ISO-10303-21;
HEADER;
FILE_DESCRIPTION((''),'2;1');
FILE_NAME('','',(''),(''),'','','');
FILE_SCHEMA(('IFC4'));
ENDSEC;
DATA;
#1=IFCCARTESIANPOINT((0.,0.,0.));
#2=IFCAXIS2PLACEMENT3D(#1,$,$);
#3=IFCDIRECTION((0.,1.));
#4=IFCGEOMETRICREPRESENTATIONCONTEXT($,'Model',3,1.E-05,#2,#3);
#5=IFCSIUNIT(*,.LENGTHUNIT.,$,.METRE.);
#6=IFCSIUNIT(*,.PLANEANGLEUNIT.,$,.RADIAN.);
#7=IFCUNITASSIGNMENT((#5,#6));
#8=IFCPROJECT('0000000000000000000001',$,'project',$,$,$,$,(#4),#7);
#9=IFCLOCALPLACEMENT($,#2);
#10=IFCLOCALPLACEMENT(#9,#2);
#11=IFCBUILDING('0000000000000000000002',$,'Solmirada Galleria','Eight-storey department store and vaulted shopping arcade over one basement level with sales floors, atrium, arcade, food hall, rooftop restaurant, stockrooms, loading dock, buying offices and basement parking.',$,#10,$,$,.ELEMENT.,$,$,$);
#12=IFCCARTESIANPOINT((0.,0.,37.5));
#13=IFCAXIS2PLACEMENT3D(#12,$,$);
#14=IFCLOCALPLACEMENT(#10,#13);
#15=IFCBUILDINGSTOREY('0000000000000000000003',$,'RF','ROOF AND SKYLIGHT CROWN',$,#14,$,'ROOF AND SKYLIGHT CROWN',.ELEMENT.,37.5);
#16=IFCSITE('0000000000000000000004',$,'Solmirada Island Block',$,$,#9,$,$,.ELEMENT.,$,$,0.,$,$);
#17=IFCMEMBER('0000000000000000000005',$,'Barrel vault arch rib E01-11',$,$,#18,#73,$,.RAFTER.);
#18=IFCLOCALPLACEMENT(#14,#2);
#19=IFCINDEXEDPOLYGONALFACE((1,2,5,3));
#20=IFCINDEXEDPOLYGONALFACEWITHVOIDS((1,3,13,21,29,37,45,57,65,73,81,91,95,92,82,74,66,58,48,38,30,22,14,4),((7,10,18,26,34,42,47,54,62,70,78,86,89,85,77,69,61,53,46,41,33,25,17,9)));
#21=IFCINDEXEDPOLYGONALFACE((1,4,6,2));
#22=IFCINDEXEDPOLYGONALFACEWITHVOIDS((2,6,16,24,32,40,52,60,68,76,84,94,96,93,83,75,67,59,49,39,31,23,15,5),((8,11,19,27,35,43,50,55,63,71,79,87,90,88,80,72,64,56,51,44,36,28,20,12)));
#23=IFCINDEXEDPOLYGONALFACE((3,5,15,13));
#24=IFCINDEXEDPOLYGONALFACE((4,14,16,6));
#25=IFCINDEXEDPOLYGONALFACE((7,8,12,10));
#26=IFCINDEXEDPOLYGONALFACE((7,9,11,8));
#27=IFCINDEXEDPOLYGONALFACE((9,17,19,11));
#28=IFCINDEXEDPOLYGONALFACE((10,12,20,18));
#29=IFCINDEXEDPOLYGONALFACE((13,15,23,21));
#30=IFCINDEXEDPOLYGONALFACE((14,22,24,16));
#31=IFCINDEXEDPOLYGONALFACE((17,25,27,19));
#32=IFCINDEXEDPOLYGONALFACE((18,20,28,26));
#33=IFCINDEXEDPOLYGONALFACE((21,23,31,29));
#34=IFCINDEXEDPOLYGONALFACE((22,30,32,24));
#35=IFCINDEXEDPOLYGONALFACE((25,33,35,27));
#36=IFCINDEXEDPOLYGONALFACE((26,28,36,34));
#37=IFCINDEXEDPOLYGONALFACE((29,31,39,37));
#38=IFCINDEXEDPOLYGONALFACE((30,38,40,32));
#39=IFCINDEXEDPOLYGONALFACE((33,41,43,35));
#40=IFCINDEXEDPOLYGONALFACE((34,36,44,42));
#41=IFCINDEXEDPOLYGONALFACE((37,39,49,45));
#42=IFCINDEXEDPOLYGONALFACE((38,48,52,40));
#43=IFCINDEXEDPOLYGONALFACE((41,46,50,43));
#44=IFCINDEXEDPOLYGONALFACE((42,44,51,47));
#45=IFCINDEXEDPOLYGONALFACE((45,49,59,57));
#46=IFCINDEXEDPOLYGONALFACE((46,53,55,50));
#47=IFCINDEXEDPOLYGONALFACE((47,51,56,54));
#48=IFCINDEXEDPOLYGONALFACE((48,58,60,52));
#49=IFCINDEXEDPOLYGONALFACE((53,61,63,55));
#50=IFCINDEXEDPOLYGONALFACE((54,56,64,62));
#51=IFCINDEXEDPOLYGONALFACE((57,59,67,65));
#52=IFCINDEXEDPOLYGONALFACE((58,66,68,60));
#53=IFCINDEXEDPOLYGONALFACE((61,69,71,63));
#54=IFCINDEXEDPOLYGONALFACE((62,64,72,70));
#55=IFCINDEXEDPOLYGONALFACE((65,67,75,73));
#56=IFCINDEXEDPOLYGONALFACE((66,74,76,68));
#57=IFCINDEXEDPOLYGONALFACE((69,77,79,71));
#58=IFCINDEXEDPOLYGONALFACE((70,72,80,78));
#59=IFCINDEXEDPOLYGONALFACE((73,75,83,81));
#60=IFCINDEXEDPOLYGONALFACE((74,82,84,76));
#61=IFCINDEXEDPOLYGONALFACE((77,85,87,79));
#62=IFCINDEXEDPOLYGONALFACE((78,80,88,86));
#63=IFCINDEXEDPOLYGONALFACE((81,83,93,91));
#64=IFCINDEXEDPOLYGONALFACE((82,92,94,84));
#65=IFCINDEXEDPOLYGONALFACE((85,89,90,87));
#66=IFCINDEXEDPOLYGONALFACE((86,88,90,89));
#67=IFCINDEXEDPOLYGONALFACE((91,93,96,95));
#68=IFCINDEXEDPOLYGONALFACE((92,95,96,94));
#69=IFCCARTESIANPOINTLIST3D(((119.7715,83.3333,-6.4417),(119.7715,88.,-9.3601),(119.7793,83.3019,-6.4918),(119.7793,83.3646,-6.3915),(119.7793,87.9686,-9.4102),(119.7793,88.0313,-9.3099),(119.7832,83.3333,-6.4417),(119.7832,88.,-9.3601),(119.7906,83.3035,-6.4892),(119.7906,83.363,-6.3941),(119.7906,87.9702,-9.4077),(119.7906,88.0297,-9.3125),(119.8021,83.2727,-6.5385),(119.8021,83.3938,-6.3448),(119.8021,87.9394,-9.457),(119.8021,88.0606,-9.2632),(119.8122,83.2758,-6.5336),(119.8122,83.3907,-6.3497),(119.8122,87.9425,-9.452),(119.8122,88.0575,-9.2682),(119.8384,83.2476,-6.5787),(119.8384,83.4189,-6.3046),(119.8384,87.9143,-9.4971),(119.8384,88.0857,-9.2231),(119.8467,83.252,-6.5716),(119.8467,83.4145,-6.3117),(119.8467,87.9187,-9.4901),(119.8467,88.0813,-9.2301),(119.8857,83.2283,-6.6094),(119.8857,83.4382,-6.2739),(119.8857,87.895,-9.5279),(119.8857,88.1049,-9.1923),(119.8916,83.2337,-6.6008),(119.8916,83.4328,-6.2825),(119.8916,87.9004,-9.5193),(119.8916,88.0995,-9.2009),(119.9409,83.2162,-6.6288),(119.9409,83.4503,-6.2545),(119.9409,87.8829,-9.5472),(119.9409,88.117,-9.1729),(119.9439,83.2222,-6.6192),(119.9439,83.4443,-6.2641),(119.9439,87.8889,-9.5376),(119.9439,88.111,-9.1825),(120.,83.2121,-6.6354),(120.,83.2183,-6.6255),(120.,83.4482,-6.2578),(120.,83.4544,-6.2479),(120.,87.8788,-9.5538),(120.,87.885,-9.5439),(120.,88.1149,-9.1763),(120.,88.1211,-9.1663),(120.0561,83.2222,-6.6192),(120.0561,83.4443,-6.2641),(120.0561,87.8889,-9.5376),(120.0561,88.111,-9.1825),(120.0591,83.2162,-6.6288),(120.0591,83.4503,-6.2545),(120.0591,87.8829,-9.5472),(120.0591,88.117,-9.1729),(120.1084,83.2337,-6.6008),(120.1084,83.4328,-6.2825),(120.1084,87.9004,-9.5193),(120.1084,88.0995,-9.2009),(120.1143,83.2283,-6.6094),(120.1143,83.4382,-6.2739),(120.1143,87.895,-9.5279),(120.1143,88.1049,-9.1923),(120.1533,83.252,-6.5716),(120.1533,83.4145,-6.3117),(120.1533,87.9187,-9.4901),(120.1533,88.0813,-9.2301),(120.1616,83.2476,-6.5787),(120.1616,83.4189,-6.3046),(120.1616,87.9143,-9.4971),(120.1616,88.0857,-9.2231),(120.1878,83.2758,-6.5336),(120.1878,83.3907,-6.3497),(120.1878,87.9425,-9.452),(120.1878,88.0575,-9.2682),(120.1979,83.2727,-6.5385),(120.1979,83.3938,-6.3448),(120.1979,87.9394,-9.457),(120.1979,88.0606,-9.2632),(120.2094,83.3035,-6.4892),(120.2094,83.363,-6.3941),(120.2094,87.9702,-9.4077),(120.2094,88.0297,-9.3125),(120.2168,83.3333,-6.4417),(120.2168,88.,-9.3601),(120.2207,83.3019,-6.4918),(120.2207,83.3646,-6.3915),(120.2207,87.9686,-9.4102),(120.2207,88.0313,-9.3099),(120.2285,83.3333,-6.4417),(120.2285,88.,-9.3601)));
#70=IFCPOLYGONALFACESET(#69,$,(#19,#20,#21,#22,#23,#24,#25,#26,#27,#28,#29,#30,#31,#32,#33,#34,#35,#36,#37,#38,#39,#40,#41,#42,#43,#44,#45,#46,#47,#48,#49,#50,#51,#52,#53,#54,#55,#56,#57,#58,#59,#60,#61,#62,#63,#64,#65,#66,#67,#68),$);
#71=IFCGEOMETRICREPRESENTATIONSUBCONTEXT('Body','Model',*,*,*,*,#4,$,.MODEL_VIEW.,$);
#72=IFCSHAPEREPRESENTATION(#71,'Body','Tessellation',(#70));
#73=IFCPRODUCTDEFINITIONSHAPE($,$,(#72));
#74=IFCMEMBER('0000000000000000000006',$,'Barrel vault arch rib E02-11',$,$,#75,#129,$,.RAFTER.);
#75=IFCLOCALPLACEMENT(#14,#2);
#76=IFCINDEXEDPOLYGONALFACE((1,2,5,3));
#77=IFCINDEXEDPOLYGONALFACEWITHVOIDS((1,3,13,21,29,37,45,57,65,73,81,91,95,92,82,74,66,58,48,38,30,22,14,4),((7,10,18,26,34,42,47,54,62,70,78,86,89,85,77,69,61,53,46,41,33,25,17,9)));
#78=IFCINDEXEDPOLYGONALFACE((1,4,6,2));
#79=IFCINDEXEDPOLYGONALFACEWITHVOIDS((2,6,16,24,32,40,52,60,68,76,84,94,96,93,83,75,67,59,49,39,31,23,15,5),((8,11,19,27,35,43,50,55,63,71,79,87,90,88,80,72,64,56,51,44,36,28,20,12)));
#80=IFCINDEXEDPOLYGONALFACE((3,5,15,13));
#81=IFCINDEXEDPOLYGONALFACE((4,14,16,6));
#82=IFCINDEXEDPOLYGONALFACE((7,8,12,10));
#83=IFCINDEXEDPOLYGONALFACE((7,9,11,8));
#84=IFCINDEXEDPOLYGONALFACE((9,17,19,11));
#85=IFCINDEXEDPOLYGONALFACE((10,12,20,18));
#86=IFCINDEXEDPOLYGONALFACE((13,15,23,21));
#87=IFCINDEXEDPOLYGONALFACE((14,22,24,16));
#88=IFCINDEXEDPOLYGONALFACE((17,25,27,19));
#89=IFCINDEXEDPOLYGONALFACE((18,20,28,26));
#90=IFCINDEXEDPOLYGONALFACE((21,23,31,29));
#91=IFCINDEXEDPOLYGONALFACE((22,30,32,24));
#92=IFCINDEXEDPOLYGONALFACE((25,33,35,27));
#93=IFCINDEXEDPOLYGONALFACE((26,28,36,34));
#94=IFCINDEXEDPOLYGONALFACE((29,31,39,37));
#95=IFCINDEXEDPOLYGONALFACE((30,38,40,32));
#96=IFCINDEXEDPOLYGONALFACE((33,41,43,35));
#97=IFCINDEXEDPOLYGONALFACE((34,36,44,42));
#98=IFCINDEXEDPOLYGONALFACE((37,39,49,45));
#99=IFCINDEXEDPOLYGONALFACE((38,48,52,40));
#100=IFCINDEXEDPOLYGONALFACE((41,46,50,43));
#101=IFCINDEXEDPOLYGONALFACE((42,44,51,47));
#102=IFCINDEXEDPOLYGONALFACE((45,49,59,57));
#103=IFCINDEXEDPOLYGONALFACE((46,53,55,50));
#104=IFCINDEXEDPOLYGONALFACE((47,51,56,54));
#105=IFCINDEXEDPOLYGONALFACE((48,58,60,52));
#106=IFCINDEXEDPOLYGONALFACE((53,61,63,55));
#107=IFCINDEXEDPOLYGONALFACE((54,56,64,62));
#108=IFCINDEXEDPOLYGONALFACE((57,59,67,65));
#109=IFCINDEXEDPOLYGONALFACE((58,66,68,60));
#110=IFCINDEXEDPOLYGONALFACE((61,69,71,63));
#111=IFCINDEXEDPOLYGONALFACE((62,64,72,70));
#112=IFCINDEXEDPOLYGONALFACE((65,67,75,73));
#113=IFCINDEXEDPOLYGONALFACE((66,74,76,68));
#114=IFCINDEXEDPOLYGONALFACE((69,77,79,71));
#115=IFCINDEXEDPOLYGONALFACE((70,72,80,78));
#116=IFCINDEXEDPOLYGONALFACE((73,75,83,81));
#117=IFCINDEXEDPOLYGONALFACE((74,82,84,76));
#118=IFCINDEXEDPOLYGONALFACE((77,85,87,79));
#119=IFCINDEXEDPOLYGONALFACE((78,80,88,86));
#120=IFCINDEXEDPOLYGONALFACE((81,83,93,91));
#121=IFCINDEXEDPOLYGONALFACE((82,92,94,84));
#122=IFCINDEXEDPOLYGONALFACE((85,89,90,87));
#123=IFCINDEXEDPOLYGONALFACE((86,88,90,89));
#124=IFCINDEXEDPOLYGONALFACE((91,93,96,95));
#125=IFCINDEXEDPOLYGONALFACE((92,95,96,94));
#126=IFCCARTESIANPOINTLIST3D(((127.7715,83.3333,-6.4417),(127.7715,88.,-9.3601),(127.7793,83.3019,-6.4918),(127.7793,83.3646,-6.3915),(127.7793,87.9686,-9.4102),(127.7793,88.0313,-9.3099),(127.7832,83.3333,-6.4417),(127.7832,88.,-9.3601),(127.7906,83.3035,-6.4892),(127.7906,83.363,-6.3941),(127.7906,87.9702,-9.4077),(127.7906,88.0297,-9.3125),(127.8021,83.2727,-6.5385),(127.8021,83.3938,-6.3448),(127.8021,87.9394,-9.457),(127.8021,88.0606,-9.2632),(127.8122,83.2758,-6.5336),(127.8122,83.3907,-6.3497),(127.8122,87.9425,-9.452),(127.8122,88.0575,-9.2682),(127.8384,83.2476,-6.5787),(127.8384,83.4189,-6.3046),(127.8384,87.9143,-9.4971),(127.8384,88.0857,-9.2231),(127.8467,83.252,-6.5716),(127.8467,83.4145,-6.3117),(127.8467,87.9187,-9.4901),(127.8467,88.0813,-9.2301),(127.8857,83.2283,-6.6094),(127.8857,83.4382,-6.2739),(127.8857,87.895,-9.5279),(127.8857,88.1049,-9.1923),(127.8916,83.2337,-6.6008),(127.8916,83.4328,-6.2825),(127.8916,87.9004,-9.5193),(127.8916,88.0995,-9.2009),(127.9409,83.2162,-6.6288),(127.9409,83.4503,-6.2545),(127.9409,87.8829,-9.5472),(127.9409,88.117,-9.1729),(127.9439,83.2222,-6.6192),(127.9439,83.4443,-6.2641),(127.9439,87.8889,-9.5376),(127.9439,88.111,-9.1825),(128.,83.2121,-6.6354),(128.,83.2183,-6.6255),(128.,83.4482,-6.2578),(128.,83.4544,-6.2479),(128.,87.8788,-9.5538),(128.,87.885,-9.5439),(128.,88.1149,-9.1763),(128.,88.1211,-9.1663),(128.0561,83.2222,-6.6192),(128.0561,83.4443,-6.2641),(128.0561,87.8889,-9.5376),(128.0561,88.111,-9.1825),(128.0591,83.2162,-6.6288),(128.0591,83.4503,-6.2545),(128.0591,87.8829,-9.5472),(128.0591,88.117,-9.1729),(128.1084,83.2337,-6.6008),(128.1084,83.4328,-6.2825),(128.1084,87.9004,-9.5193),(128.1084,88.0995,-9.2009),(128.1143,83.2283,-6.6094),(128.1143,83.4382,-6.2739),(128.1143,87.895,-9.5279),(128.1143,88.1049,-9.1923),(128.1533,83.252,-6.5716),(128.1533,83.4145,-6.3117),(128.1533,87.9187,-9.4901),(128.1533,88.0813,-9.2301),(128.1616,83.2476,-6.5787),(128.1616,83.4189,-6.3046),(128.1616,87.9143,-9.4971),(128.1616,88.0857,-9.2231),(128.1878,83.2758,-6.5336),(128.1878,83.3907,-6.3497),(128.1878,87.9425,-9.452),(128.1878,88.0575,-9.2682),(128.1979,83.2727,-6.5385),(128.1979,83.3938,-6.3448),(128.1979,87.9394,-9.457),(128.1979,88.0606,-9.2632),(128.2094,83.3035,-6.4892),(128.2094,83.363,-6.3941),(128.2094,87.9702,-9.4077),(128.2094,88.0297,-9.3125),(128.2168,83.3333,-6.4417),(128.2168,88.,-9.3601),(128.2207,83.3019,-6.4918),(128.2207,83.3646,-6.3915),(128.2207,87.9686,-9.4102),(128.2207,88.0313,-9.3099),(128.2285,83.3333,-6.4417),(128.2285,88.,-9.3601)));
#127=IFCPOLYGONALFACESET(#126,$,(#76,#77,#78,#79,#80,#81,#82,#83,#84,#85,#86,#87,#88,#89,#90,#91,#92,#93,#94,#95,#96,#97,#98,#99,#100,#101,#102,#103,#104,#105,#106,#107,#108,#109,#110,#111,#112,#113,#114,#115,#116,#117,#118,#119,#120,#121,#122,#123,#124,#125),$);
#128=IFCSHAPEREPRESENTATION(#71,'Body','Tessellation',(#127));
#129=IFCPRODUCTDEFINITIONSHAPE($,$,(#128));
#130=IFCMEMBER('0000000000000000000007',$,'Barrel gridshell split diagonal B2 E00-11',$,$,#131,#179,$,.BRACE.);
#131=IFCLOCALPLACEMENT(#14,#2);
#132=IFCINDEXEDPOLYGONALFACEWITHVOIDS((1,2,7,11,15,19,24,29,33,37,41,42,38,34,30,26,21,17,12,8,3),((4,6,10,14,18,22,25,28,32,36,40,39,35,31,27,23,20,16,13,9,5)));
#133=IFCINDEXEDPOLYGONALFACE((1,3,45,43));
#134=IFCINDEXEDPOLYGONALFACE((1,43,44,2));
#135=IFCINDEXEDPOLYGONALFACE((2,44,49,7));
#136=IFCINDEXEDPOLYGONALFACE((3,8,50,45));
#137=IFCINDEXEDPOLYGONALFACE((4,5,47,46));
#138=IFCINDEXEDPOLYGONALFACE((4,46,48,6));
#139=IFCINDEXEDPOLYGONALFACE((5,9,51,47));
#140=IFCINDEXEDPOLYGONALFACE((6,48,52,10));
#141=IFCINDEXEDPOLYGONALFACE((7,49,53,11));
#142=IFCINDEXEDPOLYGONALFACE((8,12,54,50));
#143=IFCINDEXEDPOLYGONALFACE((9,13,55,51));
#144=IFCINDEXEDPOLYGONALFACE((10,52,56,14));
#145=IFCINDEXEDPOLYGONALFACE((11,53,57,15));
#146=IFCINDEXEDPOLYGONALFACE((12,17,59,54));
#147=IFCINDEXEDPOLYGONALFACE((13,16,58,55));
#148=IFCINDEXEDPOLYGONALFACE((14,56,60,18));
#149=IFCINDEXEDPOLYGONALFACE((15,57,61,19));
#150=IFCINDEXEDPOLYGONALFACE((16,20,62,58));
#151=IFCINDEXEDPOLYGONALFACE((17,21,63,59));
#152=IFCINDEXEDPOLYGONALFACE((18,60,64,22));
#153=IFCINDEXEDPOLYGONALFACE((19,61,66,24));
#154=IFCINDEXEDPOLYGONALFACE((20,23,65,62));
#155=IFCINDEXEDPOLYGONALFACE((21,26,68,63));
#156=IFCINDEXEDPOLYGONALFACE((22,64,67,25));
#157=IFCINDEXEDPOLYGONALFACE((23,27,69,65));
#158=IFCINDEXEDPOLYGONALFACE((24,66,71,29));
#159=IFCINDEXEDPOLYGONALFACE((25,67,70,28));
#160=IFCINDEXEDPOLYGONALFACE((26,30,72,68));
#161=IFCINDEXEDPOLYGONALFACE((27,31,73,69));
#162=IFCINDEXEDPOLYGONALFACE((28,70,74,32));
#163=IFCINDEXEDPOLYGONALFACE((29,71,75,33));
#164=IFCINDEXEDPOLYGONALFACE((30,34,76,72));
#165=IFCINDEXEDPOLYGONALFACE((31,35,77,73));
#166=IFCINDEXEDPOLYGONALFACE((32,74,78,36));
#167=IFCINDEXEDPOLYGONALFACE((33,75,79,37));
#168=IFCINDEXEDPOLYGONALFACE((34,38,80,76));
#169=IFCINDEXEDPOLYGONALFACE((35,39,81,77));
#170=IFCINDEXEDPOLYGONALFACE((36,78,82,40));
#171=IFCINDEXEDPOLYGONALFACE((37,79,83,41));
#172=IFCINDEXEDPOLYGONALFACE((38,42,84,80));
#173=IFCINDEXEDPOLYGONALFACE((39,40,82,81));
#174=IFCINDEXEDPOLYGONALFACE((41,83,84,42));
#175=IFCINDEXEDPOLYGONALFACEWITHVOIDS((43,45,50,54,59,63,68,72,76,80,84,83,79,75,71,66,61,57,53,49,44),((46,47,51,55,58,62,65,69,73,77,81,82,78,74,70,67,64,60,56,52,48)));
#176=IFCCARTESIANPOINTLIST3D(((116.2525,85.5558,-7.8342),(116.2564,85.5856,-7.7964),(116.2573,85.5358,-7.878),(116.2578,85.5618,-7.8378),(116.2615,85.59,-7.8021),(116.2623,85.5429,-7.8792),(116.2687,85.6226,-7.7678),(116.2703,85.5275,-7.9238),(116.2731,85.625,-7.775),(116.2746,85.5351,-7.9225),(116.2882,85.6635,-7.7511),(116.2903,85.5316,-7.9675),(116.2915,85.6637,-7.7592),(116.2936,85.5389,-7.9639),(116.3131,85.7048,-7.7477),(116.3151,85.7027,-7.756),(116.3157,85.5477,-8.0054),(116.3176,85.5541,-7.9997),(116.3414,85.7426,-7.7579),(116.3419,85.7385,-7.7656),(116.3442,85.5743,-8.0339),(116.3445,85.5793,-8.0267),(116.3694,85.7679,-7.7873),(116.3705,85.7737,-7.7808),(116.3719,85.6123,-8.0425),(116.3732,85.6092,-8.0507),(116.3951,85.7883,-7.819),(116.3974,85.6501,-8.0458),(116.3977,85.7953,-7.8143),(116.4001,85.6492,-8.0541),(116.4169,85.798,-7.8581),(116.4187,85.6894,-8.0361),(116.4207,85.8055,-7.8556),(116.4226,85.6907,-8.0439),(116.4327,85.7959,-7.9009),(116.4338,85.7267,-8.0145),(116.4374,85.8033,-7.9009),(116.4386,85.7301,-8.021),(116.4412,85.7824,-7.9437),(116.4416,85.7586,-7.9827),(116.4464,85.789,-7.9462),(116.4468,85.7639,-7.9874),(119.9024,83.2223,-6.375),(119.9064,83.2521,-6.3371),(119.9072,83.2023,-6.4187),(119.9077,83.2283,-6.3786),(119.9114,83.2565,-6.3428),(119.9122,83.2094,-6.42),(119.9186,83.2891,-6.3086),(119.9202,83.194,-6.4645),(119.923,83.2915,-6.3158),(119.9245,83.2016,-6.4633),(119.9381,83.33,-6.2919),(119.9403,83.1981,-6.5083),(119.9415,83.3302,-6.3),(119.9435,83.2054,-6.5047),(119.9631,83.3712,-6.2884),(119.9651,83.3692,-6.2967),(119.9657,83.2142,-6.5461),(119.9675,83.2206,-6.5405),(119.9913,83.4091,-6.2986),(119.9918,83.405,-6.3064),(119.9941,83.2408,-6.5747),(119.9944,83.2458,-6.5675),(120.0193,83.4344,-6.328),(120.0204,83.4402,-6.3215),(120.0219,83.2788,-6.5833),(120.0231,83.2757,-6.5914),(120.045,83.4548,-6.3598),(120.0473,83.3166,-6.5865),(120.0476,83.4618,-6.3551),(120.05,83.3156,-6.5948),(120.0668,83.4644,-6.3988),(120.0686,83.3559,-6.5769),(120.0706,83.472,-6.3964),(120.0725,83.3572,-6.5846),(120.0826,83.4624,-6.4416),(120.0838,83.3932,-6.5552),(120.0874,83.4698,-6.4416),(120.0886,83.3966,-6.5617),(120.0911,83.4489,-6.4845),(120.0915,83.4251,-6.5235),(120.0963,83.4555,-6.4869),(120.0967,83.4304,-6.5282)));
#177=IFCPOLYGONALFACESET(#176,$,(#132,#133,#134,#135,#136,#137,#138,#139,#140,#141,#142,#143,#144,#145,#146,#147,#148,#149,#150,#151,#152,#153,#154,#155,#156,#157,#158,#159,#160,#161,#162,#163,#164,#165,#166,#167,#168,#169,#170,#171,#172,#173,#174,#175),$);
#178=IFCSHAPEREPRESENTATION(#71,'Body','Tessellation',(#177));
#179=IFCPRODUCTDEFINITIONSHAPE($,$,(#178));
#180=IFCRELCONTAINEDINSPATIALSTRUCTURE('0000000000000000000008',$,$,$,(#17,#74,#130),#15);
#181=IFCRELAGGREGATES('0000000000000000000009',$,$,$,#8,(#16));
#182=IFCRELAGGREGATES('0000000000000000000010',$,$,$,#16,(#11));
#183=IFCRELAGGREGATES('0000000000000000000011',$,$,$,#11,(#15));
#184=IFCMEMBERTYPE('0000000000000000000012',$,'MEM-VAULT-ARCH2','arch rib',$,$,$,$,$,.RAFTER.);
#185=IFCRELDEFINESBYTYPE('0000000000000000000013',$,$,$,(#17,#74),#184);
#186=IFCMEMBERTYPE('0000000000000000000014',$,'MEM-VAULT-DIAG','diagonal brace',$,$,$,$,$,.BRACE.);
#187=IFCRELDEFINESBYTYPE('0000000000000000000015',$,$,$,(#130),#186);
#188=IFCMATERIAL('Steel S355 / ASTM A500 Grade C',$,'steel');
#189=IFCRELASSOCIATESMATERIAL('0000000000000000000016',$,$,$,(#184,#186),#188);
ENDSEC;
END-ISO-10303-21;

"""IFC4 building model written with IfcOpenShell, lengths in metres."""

from ifc_helpers import new_model, si_unit, direction, frame, origin, origin_2d, place, context, subcontext, project, spatial, hollow_circle, extrude, material, material_profile, profile_set, type_object, element, save


model = new_model("IFC4")

# Units and contexts
model_context = context("Model", 3, precision=1e-05, world=origin(), true_north=direction((0.0, 1.0)))
body_context = subcontext(model_context, "Body", "Model", "MODEL_VIEW")
ifc_project = project(units=[si_unit("LENGTHUNIT", "METRE"), si_unit("PLANEANGLEUNIT", "RADIAN")], contexts=[model_context])

# Site, building, storey
site_placement = place(None, origin())
site = spatial("IfcSite", under=ifc_project, at=site_placement, Name="Solmirada Island Block", CompositionType="ELEMENT", RefElevation=0.0)
building_placement = place(site_placement, origin())
building = spatial("IfcBuilding", under=site, at=building_placement, Name="Solmirada Galleria", Description="Eight-storey department store and vaulted shopping arcade over one basement level with sales floors, atrium, arcade, food hall, rooftop restaurant, stockrooms, loading dock, buying offices and basement parking.", CompositionType="ELEMENT")
storey_placement = place(building_placement, frame((0.0, 0.0, 37.5)))
storey = spatial("IfcBuildingStorey", under=building, at=storey_placement, Name="RF", Description="ROOF AND SKYLIGHT CROWN", LongName="ROOF AND SKYLIGHT CROWN", CompositionType="ELEMENT", Elevation=37.5)

# Members
ifc_material_1 = material(Name="Steel S355 / ASTM A500 Grade C", Category="steel")
ifc_material_profile_1 = material_profile(ifc_material_1, hollow_circle(Radius=0.2285, WallThickness=0.0117, at=origin_2d()), Name="HSS18.000X0.500")
ifc_profile_set_1 = profile_set([ifc_material_profile_1], Name="Steel S355 / ASTM A500 Grade C")
member_type_1 = type_object("IfcMemberType", Name="MEM-VAULT-ARCH2", Description="arch rib", PredefinedType="RAFTER", material=ifc_profile_set_1)
for number, where, z_axis, x_axis, name in (
    (1, (120.0, 83.3333, -6.4417), (0.0, 0.847856, -0.530226), (-1.0, 0.0, 0.0), "Barrel vault arch rib E01-11"),
    (2, (128.0, 83.3333, -6.4417), (0.0, 0.847856, -0.530226), (-1.0, 0.0, 0.0), "Barrel vault arch rib E02-11"),
):
    element("IfcMember", number, at=place(storey_placement, frame(where, z_axis=z_axis, x_axis=x_axis)), inside=storey, type_object=member_type_1, Name=name, PredefinedType="RAFTER", context=body_context, shape_type="SweptSolid", body=[
        extrude(hollow_circle(Radius=0.2285, WallThickness=0.0117, at=origin_2d()), origin(), (0.0, 0.0, 1.0), 5.5042),
    ])
ifc_material_profile_2 = material_profile(ifc_material_1, hollow_circle(Radius=0.1621, WallThickness=0.0088, at=origin_2d()), Name="HSS12.750X0.375")
ifc_profile_set_2 = profile_set([ifc_material_profile_2], Name="Steel S355 / ASTM A500 Grade C")
member_type_2 = type_object("IfcMemberType", Name="MEM-VAULT-DIAG", Description="diagonal brace", PredefinedType="BRACE", material=ifc_profile_set_2)
member_1_placement = place(storey_placement, frame((116.3501, 85.6667, -7.9009), z_axis=(0.798447, -0.510472, 0.319219), x_axis=(0.538654, 0.842527, 0.0)))
element("IfcMember", 3, at=member_1_placement, inside=storey, type_object=member_type_2, Name="Barrel gridshell split diagonal B2 E00-11", PredefinedType="BRACE", context=body_context, shape_type="SweptSolid", body=[
    extrude(hollow_circle(Radius=0.1621, WallThickness=0.0088, at=origin_2d()), origin(), (0.0, 0.0, 1.0), 4.5713),
])

save(model, "model.ifc")
